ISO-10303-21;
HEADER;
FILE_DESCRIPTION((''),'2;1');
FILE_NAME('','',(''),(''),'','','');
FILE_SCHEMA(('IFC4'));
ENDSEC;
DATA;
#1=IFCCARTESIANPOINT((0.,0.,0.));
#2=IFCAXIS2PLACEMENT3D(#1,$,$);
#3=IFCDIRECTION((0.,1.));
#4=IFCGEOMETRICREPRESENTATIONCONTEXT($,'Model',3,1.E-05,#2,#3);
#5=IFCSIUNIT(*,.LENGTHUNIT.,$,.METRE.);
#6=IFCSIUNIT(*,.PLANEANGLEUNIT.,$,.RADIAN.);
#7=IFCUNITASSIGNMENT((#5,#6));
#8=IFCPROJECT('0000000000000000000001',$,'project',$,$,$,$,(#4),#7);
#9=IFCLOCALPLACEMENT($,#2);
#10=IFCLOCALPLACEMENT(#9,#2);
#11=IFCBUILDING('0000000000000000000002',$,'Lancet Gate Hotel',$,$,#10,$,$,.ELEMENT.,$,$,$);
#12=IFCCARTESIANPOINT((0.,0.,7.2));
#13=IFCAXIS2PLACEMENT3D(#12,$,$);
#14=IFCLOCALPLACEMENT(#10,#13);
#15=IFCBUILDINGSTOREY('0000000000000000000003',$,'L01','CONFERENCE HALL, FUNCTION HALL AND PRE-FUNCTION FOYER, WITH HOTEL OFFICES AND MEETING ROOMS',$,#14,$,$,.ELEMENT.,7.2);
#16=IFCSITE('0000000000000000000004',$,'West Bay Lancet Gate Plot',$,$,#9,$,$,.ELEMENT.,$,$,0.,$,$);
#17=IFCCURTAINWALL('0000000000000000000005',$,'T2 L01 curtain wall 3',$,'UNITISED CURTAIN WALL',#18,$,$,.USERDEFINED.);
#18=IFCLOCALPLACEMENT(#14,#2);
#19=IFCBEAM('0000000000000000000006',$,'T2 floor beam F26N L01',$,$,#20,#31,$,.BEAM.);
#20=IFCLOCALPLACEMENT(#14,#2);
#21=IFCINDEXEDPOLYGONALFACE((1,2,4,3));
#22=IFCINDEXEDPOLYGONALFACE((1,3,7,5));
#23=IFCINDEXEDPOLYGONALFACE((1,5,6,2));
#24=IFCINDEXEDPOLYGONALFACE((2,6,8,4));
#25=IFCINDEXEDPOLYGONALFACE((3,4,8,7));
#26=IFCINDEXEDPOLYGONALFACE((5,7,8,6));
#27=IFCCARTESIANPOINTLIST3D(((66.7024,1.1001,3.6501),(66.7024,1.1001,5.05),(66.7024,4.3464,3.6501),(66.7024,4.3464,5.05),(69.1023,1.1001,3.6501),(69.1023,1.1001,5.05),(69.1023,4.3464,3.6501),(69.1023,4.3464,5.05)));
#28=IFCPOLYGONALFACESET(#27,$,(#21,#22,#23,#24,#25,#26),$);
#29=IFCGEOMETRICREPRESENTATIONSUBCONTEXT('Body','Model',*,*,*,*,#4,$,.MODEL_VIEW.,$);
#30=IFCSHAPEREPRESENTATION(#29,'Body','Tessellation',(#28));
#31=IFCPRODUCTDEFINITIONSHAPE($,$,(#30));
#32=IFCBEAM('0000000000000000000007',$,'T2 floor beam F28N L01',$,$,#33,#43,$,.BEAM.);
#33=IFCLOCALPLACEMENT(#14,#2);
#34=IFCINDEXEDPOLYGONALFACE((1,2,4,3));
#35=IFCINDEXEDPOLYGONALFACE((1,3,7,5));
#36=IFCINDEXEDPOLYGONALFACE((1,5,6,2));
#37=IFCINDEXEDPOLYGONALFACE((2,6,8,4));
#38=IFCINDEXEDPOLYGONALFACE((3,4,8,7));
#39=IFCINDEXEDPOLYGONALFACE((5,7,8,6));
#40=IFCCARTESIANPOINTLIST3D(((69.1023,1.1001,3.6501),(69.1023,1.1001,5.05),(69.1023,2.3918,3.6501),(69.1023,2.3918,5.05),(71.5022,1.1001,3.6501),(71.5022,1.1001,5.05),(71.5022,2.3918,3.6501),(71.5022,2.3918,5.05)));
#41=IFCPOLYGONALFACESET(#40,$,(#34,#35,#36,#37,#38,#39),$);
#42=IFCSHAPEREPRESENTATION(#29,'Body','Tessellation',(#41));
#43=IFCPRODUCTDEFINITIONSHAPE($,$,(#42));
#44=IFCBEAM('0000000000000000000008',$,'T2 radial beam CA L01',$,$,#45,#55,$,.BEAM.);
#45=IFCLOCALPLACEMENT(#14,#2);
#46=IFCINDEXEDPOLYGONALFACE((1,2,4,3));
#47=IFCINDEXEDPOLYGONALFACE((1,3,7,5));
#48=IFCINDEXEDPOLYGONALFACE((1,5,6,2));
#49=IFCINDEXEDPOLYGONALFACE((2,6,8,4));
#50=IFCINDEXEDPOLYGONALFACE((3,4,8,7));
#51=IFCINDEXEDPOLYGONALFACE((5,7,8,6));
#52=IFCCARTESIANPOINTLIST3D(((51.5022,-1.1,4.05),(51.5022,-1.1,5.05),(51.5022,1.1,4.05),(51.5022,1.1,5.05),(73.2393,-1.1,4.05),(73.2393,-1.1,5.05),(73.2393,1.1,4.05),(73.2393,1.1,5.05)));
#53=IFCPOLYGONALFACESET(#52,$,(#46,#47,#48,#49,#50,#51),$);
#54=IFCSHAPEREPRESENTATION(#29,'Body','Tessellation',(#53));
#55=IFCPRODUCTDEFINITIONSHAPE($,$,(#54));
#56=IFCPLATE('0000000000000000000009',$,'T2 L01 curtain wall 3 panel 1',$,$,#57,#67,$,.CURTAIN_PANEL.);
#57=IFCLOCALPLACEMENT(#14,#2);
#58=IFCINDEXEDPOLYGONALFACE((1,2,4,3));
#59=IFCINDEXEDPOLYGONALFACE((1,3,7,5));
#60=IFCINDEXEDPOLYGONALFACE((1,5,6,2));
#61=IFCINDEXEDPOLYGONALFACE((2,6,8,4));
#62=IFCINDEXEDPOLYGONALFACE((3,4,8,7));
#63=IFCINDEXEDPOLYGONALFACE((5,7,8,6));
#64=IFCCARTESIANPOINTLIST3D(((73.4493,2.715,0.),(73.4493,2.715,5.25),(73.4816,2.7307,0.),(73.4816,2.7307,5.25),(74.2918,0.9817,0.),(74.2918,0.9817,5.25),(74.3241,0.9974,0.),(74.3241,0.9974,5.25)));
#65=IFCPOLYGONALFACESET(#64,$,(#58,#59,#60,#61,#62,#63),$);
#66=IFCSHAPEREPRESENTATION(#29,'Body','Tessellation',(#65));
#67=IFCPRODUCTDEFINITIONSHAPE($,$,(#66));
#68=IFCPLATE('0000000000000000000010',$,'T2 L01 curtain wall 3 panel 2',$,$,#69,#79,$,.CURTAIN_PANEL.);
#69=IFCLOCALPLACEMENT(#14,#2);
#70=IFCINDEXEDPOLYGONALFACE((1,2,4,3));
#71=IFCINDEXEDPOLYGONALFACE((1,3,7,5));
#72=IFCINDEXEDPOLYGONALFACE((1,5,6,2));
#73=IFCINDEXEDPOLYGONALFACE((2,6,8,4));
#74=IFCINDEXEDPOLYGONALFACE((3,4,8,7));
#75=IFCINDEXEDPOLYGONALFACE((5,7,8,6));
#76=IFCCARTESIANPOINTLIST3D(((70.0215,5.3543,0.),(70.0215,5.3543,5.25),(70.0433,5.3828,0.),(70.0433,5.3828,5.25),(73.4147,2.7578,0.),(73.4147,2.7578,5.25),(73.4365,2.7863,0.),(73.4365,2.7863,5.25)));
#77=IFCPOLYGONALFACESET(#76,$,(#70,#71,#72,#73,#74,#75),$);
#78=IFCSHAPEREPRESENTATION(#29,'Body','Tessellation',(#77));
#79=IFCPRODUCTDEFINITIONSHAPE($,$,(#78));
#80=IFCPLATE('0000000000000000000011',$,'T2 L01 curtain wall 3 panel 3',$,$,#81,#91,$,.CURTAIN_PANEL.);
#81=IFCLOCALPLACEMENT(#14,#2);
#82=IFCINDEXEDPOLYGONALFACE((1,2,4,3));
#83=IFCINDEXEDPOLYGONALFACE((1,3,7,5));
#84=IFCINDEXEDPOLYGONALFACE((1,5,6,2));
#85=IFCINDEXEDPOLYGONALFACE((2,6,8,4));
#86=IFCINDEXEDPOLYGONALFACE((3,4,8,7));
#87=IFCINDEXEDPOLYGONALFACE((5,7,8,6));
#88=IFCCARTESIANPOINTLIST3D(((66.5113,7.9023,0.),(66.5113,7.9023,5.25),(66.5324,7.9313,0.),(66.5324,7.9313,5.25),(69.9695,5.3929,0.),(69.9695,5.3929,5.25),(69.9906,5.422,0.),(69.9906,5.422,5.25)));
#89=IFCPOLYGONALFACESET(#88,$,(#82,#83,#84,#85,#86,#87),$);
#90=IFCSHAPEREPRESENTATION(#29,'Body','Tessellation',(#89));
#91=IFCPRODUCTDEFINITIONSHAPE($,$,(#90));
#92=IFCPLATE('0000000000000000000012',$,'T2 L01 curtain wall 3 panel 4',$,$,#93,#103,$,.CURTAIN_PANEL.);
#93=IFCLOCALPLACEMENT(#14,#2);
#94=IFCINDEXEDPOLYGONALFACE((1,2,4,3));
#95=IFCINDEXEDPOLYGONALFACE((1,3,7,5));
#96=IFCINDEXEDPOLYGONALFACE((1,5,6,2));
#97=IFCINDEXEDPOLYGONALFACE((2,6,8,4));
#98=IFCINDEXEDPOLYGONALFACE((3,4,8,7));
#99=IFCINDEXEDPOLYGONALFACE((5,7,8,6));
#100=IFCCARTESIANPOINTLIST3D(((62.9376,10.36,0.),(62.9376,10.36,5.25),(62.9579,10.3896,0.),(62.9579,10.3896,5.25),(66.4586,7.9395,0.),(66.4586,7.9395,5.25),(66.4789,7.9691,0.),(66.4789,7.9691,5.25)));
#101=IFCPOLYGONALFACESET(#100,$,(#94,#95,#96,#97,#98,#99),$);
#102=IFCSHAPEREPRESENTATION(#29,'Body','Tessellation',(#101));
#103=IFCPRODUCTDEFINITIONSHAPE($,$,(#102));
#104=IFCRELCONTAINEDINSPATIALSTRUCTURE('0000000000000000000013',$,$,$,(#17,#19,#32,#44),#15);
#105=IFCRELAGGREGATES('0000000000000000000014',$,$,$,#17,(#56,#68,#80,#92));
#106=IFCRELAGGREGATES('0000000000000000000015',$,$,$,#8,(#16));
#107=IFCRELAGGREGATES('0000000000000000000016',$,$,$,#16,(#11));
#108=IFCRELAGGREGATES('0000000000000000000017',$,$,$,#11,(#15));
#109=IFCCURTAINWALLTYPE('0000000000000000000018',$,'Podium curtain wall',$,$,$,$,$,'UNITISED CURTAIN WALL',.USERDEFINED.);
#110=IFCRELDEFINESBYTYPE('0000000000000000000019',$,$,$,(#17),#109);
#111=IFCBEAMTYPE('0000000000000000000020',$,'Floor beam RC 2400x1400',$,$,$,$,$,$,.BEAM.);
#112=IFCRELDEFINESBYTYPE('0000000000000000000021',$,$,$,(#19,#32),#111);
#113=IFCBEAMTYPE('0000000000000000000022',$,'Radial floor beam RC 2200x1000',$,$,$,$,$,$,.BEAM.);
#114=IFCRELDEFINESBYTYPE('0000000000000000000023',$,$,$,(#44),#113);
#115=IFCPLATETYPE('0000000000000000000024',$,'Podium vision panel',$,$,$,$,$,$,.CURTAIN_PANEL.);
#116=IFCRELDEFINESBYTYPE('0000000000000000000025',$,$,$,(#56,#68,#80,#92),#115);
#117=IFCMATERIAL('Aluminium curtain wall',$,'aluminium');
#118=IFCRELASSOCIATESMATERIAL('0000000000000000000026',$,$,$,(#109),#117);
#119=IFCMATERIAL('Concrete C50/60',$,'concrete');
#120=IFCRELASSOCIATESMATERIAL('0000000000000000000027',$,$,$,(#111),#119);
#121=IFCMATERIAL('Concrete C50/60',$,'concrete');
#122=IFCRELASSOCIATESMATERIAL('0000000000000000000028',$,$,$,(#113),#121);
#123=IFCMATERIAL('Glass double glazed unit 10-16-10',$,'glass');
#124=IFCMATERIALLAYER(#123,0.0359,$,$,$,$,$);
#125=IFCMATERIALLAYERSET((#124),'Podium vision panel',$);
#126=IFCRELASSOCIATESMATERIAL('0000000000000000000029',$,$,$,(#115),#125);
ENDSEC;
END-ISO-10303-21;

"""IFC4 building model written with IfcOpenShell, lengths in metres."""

from ifc_helpers import new_model, si_unit, direction, frame, origin, origin_2d, place, context, subcontext, project, spatial, rectangle, extrude, material, layer, layer_set, material_profile, profile_set, type_object, element, aggregate, save


model = new_model("IFC4")

# Units and contexts
model_context = context("Model", 3, precision=1e-05, world=origin(), true_north=direction((0.0, 1.0)))
body_context = subcontext(model_context, "Body", "Model", "MODEL_VIEW")
ifc_project = project(units=[si_unit("LENGTHUNIT", "METRE"), si_unit("PLANEANGLEUNIT", "RADIAN")], contexts=[model_context])

# Site, building, storey
site_placement = place(None, origin())
site = spatial("IfcSite", under=ifc_project, at=site_placement, Name="West Bay Lancet Gate Plot", CompositionType="ELEMENT", RefElevation=0.0)
building_placement = place(site_placement, origin())
building = spatial("IfcBuilding", under=site, at=building_placement, Name="Lancet Gate Hotel", CompositionType="ELEMENT")
storey_placement = place(building_placement, frame((0.0, 0.0, 7.2)))
storey = spatial("IfcBuildingStorey", under=building, at=storey_placement, Name="L01", Description="CONFERENCE HALL, FUNCTION HALL AND PRE-FUNCTION FOYER, WITH HOTEL OFFICES AND MEETING ROOMS", CompositionType="ELEMENT", Elevation=7.2)

# Curtain wall
ifc_material_1 = material(Name="Aluminium curtain wall", Category="aluminium")
curtain_wall_type = type_object("IfcCurtainWallType", Name="Podium curtain wall", ElementType="UNITISED CURTAIN WALL", PredefinedType="USERDEFINED", material=ifc_material_1)
curtain_wall_placement = place(storey_placement, origin())
curtain_wall = element("IfcCurtainWall", 1, at=curtain_wall_placement, inside=storey, type_object=curtain_wall_type, Name="T2 L01 curtain wall 3", ObjectType="UNITISED CURTAIN WALL", PredefinedType="USERDEFINED")

# Beams
ifc_material_2 = material(Name="Concrete C50/60", Category="concrete")
ifc_material_profile_1 = material_profile(ifc_material_2, rectangle(XDim=2.3999, YDim=1.3999, at=origin_2d()), Name="RC 2400x1400")
ifc_profile_set_1 = profile_set([ifc_material_profile_1], Name="Concrete C50/60")
beam_type_1 = type_object("IfcBeamType", Name="Floor beam RC 2400x1400", PredefinedType="BEAM", material=ifc_profile_set_1)
beam_1_placement = place(storey_placement, frame((67.9023, 1.1001, 4.3501), z_axis=(0.0, 1.0, 0.0), x_axis=(-1.0, 0.0, 0.0)))
element("IfcBeam", 2, at=beam_1_placement, inside=storey, type_object=beam_type_1, Name="T2 floor beam F26N L01", PredefinedType="BEAM", context=body_context, shape_type="SweptSolid", body=[
    extrude(rectangle(XDim=2.3999, YDim=1.3999, at=origin_2d()), origin(), (0.0, 0.0, 1.0), 3.2463),
])
beam_2_placement = place(storey_placement, frame((70.3022, 1.1001, 4.3501), z_axis=(0.0, 1.0, 0.0), x_axis=(-1.0, 0.0, 0.0)))
element("IfcBeam", 3, at=beam_2_placement, inside=storey, type_object=beam_type_1, Name="T2 floor beam F28N L01", PredefinedType="BEAM", context=body_context, shape_type="SweptSolid", body=[
    extrude(rectangle(XDim=2.3999, YDim=1.3999, at=origin_2d()), origin(), (0.0, 0.0, 1.0), 1.2917),
])
ifc_material_3 = material(Name="Concrete C50/60", Category="concrete")
ifc_material_profile_2 = material_profile(ifc_material_3, rectangle(XDim=2.2, YDim=1.0, at=origin_2d()), Name="RC 2200x1000")
ifc_profile_set_2 = profile_set([ifc_material_profile_2], Name="Concrete C50/60")
beam_type_2 = type_object("IfcBeamType", Name="Radial floor beam RC 2200x1000", PredefinedType="BEAM", material=ifc_profile_set_2)
beam_3_placement = place(storey_placement, frame((73.2393, 0.0, 4.55), z_axis=(-1.0, 0.0, 0.0), x_axis=(0.0, -1.0, 0.0)))
element("IfcBeam", 4, at=beam_3_placement, inside=storey, type_object=beam_type_2, Name="T2 radial beam CA L01", PredefinedType="BEAM", context=body_context, shape_type="SweptSolid", body=[
    extrude(rectangle(XDim=2.2, YDim=1.0, at=origin_2d()), origin(), (0.0, 0.0, 1.0), 21.7371),
])

# Plates
ifc_material_4 = material(Name="Glass double glazed unit 10-16-10", Category="glass")
ifc_layer = layer(ifc_material_4, 0.0359)
ifc_layer_set = layer_set([ifc_layer], Name="Podium vision panel")
plate_type = type_object("IfcPlateType", Name="Podium vision panel", PredefinedType="CURTAIN_PANEL", material=ifc_layer_set)
plate_1_placement = place(storey_placement, frame((73.8867, 1.8562, 0.0), z_axis=(0.0, 0.0, 1.0), x_axis=(-0.437169, 0.899379, 0.0)))
plate_1 = element("IfcPlate", 5, at=plate_1_placement, type_object=plate_type, Name="T2 L01 curtain wall 3 panel 1", PredefinedType="CURTAIN_PANEL", context=body_context, shape_type="SweptSolid", body=[
    extrude(rectangle(XDim=1.9272, YDim=0.0359, at=origin_2d()), origin(), (0.0, 0.0, 1.0), 5.25),
])
plate_2_placement = place(storey_placement, frame((71.729, 4.0703, 0.0), z_axis=(0.0, 0.0, 1.0), x_axis=(-0.79416, 0.607709, 0.0)))
plate_2 = element("IfcPlate", 6, at=plate_2_placement, type_object=plate_type, Name="T2 L01 curtain wall 3 panel 2", PredefinedType="CURTAIN_PANEL", context=body_context, shape_type="SweptSolid", body=[
    extrude(rectangle(XDim=4.2727, YDim=0.0359, at=origin_2d()), origin(), (0.0, 0.0, 1.0), 5.25),
])
plate_3_placement = place(storey_placement, frame((68.251, 6.6621, 0.0), z_axis=(0.0, 0.0, 1.0), x_axis=(-0.80937, 0.587299, 0.0)))
plate_3 = element("IfcPlate", 7, at=plate_3_placement, type_object=plate_type, Name="T2 L01 curtain wall 3 panel 3", PredefinedType="CURTAIN_PANEL", context=body_context, shape_type="SweptSolid", body=[
    extrude(rectangle(XDim=4.2727, YDim=0.0359, at=origin_2d()), origin(), (0.0, 0.0, 1.0), 5.25),
])
plate_4_placement = place(storey_placement, frame((64.7083, 9.1646, 0.0), z_axis=(0.0, 0.0, 1.0), x_axis=(-0.824055, 0.566509, 0.0)))
plate_4 = element("IfcPlate", 8, at=plate_4_placement, type_object=plate_type, Name="T2 L01 curtain wall 3 panel 4", PredefinedType="CURTAIN_PANEL", context=body_context, shape_type="SweptSolid", body=[
    extrude(rectangle(XDim=4.2727, YDim=0.0359, at=origin_2d()), origin(), (0.0, 0.0, 1.0), 5.25),
])
aggregate(curtain_wall, [plate_1, plate_2, plate_3, plate_4])

save(model, "model.ifc")
